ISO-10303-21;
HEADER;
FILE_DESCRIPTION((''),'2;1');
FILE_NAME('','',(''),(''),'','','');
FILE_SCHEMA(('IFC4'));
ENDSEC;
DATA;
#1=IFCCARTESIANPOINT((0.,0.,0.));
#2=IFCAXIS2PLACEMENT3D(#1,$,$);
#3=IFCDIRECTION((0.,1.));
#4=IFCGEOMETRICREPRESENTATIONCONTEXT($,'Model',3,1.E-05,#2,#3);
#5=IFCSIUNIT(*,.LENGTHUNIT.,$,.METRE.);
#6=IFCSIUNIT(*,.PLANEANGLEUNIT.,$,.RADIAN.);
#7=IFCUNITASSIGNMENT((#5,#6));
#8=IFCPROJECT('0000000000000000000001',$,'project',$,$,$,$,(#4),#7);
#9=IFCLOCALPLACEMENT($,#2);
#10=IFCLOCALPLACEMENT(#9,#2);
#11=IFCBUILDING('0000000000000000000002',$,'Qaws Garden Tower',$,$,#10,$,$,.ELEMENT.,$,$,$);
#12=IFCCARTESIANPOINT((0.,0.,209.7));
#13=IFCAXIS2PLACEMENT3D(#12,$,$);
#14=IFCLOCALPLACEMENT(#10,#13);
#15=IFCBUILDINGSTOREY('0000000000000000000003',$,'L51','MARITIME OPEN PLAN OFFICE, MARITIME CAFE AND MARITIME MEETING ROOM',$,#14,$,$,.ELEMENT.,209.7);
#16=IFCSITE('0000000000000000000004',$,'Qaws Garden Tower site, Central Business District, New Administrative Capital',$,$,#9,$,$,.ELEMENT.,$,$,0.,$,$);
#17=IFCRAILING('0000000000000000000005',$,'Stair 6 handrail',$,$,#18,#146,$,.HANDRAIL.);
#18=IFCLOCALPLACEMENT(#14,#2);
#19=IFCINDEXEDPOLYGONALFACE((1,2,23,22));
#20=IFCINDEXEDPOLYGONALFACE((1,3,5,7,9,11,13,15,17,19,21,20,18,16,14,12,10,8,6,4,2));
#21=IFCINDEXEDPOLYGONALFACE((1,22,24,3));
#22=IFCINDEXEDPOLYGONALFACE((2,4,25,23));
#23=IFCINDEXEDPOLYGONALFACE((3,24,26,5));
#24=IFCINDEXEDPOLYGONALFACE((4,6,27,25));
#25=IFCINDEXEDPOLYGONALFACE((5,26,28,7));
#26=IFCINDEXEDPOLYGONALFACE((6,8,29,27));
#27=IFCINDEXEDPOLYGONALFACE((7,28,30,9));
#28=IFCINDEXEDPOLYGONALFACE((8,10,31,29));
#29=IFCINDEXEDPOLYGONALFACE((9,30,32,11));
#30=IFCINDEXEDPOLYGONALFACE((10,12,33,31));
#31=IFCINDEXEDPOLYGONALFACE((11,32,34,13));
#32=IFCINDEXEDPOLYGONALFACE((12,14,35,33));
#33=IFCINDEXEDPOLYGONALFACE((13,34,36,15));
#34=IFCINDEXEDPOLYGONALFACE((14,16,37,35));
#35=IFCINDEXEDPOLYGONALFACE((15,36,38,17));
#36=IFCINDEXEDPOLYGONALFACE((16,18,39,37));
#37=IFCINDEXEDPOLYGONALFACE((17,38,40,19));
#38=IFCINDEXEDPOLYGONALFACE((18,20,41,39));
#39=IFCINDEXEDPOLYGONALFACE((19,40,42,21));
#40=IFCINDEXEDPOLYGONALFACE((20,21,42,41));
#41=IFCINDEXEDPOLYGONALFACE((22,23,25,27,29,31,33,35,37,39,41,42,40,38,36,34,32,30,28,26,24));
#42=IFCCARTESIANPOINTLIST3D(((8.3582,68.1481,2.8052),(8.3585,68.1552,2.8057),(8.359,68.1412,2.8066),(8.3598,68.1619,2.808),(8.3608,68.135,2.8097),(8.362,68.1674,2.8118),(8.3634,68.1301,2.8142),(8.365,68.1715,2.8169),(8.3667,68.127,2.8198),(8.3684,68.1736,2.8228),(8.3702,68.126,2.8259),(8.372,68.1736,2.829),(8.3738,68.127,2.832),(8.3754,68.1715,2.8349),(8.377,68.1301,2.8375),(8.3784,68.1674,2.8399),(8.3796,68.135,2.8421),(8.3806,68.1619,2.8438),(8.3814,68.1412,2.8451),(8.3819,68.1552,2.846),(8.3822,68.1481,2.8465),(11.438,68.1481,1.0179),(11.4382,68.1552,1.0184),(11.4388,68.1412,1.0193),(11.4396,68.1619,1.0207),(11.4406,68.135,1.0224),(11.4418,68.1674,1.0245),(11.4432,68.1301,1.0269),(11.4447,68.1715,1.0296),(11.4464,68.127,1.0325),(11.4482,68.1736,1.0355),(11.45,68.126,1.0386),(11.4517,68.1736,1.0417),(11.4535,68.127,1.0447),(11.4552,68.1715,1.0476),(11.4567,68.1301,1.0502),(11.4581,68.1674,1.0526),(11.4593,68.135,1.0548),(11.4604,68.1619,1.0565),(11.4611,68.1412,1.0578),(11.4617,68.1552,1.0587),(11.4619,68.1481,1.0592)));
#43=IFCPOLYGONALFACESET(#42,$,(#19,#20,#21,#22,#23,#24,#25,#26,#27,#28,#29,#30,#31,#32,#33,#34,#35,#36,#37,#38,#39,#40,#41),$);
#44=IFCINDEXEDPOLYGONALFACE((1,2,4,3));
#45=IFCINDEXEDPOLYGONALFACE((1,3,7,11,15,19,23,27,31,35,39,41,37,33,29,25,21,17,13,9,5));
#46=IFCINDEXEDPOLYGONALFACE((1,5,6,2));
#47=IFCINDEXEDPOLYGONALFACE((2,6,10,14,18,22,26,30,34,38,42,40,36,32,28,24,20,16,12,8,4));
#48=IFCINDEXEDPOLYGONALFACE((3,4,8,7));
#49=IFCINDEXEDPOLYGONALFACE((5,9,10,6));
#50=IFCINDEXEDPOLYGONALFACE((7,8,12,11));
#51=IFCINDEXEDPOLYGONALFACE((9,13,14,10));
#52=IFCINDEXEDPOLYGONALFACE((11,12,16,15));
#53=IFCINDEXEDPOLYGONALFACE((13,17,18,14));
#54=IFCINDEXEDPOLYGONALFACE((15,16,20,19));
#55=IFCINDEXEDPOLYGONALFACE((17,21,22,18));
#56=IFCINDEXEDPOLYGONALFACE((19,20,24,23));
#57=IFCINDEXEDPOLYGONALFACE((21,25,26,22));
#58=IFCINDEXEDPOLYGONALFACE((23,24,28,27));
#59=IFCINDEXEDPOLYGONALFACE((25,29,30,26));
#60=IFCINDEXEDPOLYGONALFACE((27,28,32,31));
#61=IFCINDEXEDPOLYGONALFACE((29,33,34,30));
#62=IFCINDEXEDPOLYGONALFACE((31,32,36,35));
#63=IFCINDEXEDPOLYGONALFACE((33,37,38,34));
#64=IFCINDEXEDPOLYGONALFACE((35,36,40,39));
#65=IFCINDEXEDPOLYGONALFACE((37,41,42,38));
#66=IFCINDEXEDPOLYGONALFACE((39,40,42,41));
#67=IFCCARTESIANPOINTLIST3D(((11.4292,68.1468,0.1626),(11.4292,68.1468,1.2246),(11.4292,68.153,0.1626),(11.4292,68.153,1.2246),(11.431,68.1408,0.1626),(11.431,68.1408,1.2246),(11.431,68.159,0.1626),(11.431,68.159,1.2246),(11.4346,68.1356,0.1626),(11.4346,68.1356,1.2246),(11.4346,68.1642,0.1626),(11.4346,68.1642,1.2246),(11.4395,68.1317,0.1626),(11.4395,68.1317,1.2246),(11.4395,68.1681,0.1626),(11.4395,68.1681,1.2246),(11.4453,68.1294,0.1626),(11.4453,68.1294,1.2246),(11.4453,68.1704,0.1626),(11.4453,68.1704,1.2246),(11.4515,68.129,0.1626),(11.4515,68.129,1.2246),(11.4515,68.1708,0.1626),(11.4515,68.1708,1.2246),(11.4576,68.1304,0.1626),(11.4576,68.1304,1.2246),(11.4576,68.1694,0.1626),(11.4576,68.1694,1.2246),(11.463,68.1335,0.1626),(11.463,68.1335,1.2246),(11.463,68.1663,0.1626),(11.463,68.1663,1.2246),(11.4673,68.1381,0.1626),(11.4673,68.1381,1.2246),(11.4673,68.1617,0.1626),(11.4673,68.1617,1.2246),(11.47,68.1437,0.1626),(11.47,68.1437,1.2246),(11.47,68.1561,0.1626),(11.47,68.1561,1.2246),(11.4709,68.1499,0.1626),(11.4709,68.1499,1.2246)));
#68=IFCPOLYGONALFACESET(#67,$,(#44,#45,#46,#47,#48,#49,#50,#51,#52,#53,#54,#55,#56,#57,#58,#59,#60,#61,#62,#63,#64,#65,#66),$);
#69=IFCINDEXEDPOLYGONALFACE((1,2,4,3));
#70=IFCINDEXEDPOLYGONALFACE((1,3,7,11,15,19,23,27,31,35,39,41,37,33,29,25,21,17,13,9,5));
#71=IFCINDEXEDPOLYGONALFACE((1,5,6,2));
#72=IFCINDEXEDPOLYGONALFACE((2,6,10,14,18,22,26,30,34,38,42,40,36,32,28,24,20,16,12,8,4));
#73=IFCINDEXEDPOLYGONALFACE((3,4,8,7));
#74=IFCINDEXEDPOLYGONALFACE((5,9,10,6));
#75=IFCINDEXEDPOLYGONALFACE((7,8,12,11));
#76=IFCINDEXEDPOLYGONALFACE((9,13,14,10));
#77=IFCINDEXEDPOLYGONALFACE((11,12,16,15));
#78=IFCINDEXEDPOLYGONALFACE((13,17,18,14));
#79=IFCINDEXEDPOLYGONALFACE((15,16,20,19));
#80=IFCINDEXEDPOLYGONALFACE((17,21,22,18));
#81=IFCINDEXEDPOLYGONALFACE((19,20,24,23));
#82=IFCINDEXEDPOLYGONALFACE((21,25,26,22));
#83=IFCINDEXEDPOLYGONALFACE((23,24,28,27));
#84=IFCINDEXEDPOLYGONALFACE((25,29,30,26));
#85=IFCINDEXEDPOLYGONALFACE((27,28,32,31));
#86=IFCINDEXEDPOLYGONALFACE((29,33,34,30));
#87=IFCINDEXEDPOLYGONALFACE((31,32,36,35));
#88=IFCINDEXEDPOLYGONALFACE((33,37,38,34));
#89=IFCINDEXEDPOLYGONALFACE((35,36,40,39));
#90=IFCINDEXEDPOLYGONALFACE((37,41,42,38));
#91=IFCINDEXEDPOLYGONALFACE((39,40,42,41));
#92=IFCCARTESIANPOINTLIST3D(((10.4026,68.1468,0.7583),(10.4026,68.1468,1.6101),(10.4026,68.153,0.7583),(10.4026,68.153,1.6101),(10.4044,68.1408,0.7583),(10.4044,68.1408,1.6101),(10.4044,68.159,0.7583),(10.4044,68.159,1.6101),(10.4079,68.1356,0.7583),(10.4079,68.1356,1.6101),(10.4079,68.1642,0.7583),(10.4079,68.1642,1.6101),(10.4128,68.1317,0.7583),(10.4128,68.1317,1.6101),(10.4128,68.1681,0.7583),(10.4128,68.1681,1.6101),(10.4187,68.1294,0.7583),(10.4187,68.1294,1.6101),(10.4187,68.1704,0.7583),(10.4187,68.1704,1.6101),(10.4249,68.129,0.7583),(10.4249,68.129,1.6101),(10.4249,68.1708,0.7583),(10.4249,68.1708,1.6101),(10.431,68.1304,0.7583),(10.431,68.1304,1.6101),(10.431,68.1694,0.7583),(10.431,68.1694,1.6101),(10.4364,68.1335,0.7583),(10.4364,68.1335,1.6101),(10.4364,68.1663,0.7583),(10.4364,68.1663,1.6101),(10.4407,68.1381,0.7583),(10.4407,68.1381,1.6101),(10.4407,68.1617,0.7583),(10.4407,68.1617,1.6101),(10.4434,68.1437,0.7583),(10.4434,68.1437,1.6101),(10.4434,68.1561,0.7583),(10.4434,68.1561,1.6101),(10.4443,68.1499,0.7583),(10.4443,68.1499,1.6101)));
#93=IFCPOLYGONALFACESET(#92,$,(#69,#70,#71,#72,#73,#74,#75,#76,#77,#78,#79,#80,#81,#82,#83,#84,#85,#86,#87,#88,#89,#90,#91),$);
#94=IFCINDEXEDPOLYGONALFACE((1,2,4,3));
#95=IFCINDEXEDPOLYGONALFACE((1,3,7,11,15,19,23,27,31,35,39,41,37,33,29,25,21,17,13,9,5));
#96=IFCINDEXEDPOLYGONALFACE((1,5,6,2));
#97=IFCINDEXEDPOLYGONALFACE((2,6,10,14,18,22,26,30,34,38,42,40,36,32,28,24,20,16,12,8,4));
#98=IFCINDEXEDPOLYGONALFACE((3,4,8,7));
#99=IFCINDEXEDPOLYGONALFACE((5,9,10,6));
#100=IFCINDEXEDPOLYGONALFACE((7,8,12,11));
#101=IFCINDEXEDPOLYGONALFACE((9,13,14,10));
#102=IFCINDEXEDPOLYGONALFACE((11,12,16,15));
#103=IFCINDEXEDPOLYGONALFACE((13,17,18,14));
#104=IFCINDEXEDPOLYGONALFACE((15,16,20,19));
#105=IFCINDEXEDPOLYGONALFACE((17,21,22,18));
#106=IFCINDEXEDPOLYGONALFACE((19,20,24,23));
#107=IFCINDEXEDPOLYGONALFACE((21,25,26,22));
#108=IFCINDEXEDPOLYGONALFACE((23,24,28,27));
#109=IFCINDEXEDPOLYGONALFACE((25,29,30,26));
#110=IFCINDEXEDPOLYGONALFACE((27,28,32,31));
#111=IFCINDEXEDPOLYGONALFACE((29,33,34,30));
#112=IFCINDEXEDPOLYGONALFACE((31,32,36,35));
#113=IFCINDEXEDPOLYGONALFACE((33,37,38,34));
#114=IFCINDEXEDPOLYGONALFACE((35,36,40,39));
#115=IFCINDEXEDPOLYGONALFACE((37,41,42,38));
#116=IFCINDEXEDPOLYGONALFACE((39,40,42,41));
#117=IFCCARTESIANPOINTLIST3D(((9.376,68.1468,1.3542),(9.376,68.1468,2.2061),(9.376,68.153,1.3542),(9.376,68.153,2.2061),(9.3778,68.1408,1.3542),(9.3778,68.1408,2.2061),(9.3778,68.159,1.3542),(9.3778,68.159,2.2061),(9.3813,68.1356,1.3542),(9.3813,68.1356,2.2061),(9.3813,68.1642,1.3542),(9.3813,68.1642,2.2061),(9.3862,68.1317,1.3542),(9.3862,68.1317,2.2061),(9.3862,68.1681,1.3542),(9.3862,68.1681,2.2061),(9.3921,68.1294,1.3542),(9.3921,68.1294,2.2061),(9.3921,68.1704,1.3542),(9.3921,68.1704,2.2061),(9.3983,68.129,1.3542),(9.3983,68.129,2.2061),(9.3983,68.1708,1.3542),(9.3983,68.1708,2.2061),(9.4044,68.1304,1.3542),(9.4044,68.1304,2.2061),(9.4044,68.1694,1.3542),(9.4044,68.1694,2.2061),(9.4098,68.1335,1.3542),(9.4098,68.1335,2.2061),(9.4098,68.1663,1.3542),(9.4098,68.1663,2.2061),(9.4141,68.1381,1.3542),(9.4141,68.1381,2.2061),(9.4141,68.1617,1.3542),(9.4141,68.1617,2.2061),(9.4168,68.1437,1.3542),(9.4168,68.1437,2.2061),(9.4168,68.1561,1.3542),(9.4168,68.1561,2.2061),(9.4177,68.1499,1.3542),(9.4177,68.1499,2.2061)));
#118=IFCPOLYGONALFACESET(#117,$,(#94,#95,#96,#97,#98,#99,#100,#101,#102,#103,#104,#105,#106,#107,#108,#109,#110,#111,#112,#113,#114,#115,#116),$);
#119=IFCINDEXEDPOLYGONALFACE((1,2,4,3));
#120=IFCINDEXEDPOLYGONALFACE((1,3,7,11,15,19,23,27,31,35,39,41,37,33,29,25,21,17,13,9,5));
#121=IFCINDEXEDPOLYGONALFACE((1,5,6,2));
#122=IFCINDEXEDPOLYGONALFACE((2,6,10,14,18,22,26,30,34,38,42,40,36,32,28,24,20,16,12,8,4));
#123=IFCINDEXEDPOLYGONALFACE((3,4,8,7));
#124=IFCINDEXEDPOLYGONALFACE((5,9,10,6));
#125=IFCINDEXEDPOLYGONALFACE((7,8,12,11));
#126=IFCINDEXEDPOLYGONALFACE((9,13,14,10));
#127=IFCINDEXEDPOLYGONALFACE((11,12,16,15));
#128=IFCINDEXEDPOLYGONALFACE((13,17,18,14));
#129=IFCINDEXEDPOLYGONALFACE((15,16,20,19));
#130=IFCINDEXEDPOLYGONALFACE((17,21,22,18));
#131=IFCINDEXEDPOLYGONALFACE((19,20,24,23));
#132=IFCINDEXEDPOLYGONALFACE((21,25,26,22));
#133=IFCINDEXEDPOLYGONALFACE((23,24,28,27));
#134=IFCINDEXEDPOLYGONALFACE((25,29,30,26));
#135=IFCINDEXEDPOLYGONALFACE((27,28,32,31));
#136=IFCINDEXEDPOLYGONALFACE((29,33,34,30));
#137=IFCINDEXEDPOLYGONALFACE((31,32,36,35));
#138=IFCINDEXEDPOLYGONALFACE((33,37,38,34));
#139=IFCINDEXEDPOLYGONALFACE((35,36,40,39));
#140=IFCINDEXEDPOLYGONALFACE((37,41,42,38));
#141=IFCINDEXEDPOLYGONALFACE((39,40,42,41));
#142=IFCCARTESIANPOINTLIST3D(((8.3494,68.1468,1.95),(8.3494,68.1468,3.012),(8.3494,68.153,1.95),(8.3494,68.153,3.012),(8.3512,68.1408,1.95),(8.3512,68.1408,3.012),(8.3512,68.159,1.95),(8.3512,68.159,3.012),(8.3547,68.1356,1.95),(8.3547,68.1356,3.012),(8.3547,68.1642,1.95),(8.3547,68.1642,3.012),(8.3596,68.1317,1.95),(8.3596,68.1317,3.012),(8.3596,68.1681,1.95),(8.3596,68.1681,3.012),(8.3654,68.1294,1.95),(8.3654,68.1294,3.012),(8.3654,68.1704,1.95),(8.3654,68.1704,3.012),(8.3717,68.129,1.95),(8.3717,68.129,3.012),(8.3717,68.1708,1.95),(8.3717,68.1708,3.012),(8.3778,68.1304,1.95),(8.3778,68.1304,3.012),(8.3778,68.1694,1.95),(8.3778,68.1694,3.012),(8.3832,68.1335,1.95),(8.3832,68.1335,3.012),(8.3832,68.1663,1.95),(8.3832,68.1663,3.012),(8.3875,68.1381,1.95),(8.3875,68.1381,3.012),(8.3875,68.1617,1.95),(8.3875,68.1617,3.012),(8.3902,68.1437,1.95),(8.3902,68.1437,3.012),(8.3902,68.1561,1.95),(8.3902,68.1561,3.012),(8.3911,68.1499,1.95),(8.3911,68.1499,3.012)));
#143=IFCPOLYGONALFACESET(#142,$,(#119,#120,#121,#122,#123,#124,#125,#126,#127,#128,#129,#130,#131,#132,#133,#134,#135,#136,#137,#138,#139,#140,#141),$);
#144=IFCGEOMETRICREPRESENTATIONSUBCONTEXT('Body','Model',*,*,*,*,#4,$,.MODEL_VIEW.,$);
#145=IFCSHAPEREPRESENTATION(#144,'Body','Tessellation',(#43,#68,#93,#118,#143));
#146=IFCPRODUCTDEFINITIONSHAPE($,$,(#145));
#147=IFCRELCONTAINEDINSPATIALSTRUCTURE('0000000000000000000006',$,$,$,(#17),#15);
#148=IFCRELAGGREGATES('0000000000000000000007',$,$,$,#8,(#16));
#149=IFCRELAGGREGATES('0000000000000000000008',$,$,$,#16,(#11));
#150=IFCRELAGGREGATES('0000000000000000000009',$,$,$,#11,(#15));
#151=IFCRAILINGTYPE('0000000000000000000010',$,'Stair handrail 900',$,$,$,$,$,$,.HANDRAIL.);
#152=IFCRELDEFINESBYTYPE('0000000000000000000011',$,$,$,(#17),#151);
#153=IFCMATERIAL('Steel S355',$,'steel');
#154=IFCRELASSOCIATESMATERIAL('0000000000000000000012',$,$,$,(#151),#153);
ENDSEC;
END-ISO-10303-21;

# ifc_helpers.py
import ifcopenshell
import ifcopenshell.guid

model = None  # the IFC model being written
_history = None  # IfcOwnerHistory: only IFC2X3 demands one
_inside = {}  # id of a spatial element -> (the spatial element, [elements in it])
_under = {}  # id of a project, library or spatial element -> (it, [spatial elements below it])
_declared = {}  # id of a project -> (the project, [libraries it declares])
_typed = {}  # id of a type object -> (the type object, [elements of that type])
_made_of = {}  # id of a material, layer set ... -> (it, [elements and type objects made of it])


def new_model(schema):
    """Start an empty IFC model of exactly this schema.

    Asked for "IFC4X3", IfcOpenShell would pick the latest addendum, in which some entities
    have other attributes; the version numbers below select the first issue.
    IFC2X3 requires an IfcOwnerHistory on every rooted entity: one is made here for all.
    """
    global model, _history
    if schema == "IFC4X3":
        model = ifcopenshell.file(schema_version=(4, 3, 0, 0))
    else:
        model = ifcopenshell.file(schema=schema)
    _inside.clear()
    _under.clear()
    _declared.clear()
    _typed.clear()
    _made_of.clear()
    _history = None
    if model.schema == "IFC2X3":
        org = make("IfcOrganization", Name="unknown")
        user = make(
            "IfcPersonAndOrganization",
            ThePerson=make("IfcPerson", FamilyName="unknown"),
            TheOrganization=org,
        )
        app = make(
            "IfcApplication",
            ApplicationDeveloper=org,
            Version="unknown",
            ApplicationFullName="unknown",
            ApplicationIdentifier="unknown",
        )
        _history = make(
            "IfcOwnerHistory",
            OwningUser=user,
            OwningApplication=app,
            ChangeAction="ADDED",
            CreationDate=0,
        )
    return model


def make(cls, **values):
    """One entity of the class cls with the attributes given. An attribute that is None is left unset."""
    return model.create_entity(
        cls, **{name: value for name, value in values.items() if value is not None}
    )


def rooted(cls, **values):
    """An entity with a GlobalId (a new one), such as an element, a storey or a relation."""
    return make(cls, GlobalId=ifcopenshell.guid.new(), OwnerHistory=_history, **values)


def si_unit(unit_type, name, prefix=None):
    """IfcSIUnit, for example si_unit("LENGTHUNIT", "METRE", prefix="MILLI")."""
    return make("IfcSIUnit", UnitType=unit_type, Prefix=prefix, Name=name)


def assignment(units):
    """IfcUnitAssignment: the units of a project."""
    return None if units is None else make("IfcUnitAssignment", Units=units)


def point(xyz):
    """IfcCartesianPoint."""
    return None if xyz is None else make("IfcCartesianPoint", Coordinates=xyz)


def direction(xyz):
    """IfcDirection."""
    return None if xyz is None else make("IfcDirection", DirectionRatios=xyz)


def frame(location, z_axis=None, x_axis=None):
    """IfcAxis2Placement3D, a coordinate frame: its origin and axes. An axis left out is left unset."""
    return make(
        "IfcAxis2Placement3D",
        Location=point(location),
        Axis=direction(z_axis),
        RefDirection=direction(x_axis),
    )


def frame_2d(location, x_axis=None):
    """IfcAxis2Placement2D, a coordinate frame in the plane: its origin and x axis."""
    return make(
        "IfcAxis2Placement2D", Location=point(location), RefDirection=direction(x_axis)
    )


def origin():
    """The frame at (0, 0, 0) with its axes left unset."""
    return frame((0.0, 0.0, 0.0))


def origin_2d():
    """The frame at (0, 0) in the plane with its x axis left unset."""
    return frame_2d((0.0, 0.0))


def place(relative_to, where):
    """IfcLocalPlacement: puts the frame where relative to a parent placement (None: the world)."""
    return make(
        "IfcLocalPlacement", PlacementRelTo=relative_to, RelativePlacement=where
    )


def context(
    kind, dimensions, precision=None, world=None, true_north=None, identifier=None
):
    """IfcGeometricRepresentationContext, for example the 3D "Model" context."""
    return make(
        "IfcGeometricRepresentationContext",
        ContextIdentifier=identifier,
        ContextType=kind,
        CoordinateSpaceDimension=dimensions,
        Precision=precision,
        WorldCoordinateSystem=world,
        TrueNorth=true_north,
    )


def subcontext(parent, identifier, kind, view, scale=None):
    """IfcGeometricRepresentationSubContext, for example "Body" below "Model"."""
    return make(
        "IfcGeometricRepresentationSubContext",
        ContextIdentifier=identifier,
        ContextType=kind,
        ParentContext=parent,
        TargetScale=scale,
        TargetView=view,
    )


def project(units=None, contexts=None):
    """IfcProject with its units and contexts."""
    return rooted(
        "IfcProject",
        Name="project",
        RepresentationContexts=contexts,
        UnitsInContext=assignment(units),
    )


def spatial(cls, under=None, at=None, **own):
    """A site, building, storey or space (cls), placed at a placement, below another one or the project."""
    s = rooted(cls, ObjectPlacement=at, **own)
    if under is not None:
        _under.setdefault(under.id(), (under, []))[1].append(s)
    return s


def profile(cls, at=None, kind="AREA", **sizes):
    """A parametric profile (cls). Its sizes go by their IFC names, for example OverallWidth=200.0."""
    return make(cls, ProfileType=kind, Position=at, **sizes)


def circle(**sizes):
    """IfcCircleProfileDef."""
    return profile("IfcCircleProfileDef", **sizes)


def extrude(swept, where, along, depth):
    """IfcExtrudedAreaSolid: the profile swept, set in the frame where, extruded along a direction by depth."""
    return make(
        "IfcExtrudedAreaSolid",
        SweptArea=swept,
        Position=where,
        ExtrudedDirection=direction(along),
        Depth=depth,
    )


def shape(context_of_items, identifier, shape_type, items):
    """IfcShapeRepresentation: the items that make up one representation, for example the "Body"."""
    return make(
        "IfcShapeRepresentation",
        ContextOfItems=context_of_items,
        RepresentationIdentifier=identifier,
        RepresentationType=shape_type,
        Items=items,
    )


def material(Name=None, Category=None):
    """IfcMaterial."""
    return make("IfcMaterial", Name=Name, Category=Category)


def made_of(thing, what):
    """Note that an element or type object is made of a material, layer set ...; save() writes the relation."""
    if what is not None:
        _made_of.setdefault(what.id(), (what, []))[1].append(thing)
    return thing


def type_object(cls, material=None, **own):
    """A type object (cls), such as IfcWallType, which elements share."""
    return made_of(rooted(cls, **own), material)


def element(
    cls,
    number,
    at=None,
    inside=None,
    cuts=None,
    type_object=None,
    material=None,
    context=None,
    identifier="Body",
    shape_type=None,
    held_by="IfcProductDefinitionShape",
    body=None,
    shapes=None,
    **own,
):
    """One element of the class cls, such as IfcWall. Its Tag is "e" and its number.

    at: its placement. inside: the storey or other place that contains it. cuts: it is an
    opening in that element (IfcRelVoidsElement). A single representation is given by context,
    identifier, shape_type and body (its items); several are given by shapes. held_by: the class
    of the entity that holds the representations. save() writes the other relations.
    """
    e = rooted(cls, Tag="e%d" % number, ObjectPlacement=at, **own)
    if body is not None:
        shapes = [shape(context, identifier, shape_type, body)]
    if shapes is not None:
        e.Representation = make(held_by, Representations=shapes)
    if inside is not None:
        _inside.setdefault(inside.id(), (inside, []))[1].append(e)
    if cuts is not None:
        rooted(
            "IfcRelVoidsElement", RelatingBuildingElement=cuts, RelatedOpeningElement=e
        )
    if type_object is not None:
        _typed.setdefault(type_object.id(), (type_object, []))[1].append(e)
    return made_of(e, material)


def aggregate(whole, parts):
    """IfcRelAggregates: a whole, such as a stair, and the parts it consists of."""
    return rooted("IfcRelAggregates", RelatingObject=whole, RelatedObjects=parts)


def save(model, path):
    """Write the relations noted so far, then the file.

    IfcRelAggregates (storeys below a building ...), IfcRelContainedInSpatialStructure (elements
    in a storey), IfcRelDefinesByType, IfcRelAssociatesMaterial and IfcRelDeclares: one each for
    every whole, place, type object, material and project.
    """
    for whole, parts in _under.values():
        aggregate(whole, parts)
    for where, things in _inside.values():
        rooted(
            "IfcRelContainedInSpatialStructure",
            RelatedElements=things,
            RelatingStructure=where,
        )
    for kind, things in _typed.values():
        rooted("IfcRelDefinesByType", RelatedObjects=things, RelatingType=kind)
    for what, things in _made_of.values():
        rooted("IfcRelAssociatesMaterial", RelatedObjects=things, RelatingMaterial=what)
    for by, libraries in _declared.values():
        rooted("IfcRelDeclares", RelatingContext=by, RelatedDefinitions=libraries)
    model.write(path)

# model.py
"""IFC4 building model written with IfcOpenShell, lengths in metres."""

from ifc_helpers import new_model, si_unit, direction, frame, origin, origin_2d, place, context, subcontext, project, spatial, circle, extrude, material, type_object, element, save


model = new_model("IFC4")

# Units and contexts
model_context = context("Model", 3, precision=1e-05, world=origin(), true_north=direction((0.0, 1.0)))
body_context = subcontext(model_context, "Body", "Model", "MODEL_VIEW")
ifc_project = project(units=[si_unit("LENGTHUNIT", "METRE"), si_unit("PLANEANGLEUNIT", "RADIAN")], contexts=[model_context])

# Site, building, storey
site_placement = place(None, origin())
site = spatial("IfcSite", under=ifc_project, at=site_placement, Name="Qaws Garden Tower site, Central Business District, New Administrative Capital", CompositionType="ELEMENT", RefElevation=0.0)
building_placement = place(site_placement, origin())
building = spatial("IfcBuilding", under=site, at=building_placement, Name="Qaws Garden Tower", CompositionType="ELEMENT")
storey_placement = place(building_placement, frame((0.0, 0.0, 209.7)))
storey = spatial("IfcBuildingStorey", under=building, at=storey_placement, Name="L51", Description="MARITIME OPEN PLAN OFFICE, MARITIME CAFE AND MARITIME MEETING ROOM", CompositionType="ELEMENT", Elevation=209.7)

# Railing
ifc_material_1 = material(Name="Steel S355", Category="steel")
railing_type = type_object("IfcRailingType", Name="Stair handrail 900", PredefinedType="HANDRAIL", material=ifc_material_1)
railing_1_placement = place(storey_placement, frame((11.45, 68.1499, 0.1626)))
element("IfcRailing", 1, at=railing_1_placement, inside=storey, type_object=railing_type, Name="Stair 6 handrail", PredefinedType="HANDRAIL", context=body_context, shape_type="SweptSolid", body=[
    extrude(circle(Radius=0.0239, at=origin_2d()), frame((0.0, 0.0, 0.876), z_axis=(-0.864903, 0.0, 0.501939), x_axis=(0.0, -1.0, 0.0)), (0.0, 0.0, 1.0), 3.5608),
    extrude(circle(Radius=0.021, at=origin_2d()), origin(), (0.0, 0.0, 1.0), 1.062),
    extrude(circle(Radius=0.021, at=origin_2d()), frame((-1.0266, 0.0, 0.5957)), (0.0, 0.0, 1.0), 0.8518),
    extrude(circle(Radius=0.021, at=origin_2d()), frame((-2.0532, 0.0, 1.1917)), (0.0, 0.0, 1.0), 0.8518),
    extrude(circle(Radius=0.021, at=origin_2d()), frame((-3.0798, 0.0, 1.7874)), (0.0, 0.0, 1.0), 1.062),
])

save(model, "model.ifc")
